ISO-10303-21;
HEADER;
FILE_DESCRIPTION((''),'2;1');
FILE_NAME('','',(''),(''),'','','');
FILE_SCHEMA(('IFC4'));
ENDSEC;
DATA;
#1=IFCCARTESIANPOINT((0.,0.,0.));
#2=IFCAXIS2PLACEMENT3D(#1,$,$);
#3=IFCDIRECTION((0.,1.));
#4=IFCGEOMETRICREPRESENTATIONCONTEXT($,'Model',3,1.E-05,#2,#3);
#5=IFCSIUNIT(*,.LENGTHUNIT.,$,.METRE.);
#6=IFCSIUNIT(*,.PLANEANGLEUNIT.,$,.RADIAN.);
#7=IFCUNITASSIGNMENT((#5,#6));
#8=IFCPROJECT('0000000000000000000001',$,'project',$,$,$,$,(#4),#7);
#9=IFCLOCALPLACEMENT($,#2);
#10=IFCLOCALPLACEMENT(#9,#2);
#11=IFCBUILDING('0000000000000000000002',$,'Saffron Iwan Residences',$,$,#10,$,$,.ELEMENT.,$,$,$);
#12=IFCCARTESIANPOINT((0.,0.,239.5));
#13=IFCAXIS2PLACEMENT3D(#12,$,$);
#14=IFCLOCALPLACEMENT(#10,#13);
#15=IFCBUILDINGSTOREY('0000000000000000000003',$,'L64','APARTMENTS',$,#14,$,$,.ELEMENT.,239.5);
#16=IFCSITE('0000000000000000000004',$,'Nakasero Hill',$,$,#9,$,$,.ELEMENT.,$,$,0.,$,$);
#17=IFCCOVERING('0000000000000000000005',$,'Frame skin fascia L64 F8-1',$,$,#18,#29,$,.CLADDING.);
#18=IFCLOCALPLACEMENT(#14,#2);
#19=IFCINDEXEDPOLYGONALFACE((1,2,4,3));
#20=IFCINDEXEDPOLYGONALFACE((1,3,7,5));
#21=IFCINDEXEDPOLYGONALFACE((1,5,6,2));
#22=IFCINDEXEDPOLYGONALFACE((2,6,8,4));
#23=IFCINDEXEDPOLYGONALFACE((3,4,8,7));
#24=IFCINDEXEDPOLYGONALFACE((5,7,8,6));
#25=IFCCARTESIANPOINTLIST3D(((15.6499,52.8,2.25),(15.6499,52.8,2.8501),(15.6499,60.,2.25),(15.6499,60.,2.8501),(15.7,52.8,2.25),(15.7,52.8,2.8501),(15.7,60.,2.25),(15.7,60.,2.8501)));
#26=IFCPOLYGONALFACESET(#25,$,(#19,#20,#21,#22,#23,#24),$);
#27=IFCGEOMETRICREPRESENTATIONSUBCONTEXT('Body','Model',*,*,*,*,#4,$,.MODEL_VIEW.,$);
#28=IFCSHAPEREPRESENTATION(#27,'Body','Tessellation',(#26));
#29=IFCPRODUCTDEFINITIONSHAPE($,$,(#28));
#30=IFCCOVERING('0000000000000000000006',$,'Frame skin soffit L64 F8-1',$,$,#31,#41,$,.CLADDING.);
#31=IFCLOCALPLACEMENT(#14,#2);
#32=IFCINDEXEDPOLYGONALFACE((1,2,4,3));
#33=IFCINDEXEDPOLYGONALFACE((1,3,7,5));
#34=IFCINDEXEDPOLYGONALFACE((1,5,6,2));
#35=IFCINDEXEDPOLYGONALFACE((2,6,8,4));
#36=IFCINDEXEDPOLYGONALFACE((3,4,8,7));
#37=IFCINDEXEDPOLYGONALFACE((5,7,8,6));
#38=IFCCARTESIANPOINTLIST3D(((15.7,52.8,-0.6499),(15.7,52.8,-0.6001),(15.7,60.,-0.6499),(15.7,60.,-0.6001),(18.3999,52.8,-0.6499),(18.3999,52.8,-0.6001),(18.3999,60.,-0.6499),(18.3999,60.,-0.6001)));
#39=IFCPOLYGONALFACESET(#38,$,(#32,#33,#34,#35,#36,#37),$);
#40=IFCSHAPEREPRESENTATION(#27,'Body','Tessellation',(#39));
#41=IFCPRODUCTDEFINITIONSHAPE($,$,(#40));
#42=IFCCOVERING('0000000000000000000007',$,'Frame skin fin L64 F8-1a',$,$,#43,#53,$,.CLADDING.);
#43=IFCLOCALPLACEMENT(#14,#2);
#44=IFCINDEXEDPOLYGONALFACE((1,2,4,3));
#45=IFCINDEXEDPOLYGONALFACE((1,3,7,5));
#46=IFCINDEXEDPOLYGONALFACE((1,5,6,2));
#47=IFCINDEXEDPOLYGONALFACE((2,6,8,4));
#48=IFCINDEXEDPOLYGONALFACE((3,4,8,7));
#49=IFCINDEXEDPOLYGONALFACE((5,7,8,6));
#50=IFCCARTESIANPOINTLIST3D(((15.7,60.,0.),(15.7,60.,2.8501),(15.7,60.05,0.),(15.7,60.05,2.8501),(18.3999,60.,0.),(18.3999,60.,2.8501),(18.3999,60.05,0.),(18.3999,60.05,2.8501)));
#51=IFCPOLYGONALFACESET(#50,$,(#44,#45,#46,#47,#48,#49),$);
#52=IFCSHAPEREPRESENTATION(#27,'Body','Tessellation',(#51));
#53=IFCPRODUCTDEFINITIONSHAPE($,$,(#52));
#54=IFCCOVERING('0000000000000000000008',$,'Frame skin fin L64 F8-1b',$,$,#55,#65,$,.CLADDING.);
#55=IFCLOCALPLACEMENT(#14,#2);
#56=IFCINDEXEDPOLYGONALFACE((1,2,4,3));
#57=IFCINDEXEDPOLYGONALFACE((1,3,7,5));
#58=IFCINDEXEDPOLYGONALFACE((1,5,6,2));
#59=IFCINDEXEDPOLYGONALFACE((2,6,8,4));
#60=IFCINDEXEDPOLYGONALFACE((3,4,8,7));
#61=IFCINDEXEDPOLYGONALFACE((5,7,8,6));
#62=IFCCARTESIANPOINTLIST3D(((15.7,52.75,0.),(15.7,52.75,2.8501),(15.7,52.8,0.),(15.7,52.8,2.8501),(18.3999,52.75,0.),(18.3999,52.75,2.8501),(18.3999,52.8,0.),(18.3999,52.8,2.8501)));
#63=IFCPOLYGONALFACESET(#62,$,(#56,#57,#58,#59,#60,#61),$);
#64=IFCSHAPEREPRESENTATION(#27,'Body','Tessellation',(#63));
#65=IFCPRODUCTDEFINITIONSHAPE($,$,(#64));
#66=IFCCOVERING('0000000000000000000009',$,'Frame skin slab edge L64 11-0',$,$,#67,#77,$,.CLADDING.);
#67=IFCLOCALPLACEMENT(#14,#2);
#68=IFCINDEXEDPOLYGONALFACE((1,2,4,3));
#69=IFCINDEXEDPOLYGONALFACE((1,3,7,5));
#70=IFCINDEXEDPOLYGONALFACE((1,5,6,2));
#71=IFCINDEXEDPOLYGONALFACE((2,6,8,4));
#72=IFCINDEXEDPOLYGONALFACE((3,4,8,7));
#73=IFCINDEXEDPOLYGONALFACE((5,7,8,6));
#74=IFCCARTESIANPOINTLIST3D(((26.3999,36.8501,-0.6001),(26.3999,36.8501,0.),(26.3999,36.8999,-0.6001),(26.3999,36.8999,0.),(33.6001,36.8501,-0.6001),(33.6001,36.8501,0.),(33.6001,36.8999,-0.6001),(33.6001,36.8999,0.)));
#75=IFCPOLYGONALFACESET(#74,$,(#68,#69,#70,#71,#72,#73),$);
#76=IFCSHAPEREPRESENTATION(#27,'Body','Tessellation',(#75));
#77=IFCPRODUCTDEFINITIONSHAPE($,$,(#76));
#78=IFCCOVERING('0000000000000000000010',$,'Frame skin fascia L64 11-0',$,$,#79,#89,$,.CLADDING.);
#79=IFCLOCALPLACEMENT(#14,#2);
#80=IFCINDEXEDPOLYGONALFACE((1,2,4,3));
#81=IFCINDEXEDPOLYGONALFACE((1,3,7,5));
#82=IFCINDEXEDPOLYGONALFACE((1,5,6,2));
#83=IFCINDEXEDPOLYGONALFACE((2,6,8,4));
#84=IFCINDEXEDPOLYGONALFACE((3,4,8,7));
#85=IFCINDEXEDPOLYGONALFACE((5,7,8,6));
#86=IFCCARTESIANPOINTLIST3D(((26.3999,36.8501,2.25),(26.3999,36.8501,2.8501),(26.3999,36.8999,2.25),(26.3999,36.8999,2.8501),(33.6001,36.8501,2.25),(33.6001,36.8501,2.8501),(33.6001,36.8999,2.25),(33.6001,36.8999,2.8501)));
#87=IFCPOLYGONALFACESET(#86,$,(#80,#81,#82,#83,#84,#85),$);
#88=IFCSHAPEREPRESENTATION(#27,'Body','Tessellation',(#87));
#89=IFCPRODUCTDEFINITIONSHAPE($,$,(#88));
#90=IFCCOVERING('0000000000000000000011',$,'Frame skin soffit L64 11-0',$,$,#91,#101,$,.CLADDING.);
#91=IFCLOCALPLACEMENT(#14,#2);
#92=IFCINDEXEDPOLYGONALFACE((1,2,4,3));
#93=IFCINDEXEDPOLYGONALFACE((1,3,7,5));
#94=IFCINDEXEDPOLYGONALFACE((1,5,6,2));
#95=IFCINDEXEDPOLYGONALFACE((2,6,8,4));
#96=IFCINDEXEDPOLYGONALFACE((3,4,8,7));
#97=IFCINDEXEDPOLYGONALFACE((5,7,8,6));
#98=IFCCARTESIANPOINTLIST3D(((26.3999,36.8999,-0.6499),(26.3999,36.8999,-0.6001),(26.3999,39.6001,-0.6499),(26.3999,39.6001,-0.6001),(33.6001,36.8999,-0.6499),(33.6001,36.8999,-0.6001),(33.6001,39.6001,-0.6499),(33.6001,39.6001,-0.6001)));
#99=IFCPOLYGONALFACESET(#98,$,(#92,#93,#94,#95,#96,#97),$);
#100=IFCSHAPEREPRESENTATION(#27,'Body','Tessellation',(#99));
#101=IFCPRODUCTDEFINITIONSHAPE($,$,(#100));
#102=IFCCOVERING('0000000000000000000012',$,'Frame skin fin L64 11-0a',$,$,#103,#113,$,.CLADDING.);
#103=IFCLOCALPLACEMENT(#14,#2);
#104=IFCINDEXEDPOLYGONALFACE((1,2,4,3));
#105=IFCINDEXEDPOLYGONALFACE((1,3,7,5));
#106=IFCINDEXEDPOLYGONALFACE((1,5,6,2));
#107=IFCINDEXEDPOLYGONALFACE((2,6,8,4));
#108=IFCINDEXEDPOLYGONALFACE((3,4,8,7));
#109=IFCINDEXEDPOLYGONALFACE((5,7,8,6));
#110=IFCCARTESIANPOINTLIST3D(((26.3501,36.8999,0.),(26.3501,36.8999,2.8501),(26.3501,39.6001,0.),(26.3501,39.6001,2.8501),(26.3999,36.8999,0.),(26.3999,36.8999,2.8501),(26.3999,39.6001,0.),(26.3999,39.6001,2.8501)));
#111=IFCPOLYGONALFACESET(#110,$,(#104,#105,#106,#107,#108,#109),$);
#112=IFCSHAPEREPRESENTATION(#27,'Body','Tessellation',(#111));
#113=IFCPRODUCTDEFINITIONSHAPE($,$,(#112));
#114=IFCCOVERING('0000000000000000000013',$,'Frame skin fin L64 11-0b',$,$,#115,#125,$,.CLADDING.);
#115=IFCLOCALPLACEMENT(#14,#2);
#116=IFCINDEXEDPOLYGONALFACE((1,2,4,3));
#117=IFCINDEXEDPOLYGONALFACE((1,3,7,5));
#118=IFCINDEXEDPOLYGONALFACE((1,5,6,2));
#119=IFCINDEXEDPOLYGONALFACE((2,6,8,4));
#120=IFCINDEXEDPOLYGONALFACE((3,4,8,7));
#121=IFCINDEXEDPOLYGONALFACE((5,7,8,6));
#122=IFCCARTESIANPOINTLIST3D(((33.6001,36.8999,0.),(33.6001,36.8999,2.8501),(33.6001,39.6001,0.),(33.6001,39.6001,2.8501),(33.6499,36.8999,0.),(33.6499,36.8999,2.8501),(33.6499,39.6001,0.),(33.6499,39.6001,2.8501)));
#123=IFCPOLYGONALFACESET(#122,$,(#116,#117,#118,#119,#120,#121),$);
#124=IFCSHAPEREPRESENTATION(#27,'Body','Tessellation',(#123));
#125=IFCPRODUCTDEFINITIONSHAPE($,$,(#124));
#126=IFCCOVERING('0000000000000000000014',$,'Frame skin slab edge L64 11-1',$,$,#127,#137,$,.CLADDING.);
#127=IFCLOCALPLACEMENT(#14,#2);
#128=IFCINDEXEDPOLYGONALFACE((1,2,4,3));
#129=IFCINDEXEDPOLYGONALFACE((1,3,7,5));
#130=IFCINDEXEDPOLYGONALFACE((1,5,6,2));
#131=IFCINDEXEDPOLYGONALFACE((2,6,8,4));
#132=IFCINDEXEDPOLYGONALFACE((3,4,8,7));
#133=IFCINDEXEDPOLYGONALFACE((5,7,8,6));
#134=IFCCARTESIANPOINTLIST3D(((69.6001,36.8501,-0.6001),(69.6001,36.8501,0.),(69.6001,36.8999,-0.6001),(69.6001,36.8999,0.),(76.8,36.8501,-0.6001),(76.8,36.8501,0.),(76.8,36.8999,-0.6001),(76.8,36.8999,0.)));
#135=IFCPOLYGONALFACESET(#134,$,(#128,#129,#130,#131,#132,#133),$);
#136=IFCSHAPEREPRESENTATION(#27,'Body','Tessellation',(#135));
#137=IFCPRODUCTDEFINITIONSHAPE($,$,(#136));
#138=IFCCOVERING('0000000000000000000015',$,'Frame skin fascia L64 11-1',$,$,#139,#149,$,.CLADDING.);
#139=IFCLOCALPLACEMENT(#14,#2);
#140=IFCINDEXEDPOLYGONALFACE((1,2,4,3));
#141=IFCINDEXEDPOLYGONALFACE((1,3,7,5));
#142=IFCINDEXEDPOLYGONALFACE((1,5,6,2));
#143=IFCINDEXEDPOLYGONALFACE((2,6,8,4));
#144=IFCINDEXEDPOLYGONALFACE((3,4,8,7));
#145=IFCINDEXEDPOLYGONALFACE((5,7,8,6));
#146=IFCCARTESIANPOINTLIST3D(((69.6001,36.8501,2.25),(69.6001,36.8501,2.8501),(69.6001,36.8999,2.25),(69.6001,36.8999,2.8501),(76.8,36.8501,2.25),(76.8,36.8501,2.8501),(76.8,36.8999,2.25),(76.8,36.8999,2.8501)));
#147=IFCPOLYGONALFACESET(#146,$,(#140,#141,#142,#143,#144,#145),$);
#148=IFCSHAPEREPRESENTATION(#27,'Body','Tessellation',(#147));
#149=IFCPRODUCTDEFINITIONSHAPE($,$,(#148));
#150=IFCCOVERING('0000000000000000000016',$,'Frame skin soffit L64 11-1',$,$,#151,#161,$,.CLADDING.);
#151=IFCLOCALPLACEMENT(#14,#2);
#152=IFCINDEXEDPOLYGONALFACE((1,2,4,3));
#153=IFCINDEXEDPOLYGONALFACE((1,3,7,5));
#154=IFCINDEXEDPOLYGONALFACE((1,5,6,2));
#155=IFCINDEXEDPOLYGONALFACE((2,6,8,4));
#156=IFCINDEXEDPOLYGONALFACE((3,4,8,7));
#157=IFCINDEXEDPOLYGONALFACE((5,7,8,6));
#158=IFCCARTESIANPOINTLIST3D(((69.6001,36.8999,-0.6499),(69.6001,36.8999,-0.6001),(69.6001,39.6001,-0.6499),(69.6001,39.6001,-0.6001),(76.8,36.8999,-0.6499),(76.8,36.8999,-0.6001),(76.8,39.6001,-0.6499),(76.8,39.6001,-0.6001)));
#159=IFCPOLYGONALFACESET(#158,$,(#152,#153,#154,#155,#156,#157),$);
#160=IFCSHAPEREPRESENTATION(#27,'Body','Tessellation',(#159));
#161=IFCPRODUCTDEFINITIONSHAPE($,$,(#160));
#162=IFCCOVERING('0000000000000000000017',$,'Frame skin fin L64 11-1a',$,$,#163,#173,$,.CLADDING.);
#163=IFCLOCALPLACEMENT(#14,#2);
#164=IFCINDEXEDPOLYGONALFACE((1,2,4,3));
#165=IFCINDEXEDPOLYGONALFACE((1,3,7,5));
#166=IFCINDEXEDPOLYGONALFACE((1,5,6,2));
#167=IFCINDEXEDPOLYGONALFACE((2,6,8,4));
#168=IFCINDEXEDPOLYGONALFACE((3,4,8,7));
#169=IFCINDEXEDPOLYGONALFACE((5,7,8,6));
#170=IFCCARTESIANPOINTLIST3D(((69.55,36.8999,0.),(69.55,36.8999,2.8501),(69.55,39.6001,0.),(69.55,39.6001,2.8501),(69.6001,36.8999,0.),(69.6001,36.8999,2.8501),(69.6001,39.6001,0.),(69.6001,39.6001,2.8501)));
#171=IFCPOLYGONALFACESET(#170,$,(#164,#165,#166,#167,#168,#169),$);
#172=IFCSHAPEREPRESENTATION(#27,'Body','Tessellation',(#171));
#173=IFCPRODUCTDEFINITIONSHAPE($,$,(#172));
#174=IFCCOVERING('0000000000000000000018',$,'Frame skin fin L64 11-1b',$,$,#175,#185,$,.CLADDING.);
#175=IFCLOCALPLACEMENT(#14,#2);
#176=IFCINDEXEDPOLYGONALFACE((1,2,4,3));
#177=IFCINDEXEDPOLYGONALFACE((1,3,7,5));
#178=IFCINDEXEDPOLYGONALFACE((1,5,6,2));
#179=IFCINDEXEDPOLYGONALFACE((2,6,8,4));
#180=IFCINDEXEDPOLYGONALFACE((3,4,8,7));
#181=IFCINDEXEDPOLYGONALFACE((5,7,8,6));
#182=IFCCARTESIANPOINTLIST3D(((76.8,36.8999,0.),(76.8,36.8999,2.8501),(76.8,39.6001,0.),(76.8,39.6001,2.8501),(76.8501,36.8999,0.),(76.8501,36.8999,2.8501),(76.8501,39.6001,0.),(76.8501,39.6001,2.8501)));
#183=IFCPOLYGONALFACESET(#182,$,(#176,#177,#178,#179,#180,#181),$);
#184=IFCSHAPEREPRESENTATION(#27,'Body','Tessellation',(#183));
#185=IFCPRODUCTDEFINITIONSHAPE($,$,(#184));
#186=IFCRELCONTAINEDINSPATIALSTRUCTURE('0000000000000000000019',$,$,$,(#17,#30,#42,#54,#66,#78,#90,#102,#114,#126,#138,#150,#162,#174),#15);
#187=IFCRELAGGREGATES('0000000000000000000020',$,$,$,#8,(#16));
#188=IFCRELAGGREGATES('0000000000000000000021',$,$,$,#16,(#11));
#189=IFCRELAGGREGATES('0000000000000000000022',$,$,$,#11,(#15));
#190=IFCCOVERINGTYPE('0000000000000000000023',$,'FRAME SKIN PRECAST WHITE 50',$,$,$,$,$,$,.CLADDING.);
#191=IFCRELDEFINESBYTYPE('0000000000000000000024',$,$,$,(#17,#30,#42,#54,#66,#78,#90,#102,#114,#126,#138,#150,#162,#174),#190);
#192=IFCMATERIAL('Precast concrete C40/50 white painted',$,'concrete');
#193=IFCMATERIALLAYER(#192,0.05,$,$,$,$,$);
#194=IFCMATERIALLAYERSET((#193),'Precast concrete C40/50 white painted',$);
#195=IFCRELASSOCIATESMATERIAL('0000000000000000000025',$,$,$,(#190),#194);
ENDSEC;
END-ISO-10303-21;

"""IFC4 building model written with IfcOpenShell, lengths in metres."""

from ifc_helpers import new_model, si_unit, direction, frame, origin, place, context, subcontext, project, spatial, polyline, outline, extrude, material, layer, layer_set, type_object, element, save


model = new_model("IFC4")

# Units and contexts
model_context = context("Model", 3, precision=1e-05, world=origin(), true_north=direction((0.0, 1.0)))
body_context = subcontext(model_context, "Body", "Model", "MODEL_VIEW")
ifc_project = project(units=[si_unit("LENGTHUNIT", "METRE"), si_unit("PLANEANGLEUNIT", "RADIAN")], contexts=[model_context])

# Site, building, storey
site_placement = place(None, origin())
site = spatial("IfcSite", under=ifc_project, at=site_placement, Name="Nakasero Hill", CompositionType="ELEMENT", RefElevation=0.0)
building_placement = place(site_placement, origin())
building = spatial("IfcBuilding", under=site, at=building_placement, Name="Saffron Iwan Residences", CompositionType="ELEMENT")
storey_placement = place(building_placement, frame((0.0, 0.0, 239.5)))
storey = spatial("IfcBuildingStorey", under=building, at=storey_placement, Name="L64", Description="APARTMENTS", CompositionType="ELEMENT", Elevation=239.5)

# Coverings
ifc_material_1 = material(Name="Precast concrete C40/50 white painted", Category="concrete")
ifc_layer_1 = layer(ifc_material_1, 0.05)
ifc_layer_set_1 = layer_set([ifc_layer_1], Name="Precast concrete C40/50 white painted")
covering_type = type_object("IfcCoveringType", Name="FRAME SKIN PRECAST WHITE 50", PredefinedType="CLADDING", material=ifc_layer_set_1)
for number, where, name in (
    (1, (0.0, 0.0, 2.25), "Frame skin fascia L64 F8-1"),
):
    element("IfcCovering", number, at=place(storey_placement, frame(where)), inside=storey, type_object=covering_type, Name=name, PredefinedType="CLADDING", context=body_context, shape_type="SweptSolid", body=[
        extrude(outline(polyline([(15.6499, 60.0), (15.6499, 52.8), (15.7, 52.8), (15.7, 60.0), (15.6499, 60.0)])), origin(), (0.0, 0.0, 1.0), 0.6001),
    ])
covering_1_placement = place(storey_placement, frame((0.0, 0.0, -0.6499)))
element("IfcCovering", 2, at=covering_1_placement, inside=storey, type_object=covering_type, Name="Frame skin soffit L64 F8-1", PredefinedType="CLADDING", context=body_context, shape_type="SweptSolid", body=[
    extrude(outline(polyline([(15.7, 60.0), (15.7, 52.8), (18.3999, 52.8), (18.3999, 60.0), (15.7, 60.0)])), origin(), (0.0, 0.0, 1.0), 0.0498),
])
covering_2_placement = place(storey_placement, origin())
element("IfcCovering", 3, at=covering_2_placement, inside=storey, type_object=covering_type, Name="Frame skin fin L64 F8-1a", PredefinedType="CLADDING", context=body_context, shape_type="SweptSolid", body=[
    extrude(outline(polyline([(15.7, 60.05), (15.7, 60.0), (18.3999, 60.0), (18.3999, 60.05), (15.7, 60.05)])), origin(), (0.0, 0.0, 1.0), 2.8501),
])
covering_3_placement = place(storey_placement, origin())
element("IfcCovering", 4, at=covering_3_placement, inside=storey, type_object=covering_type, Name="Frame skin fin L64 F8-1b", PredefinedType="CLADDING", context=body_context, shape_type="SweptSolid", body=[
    extrude(outline(polyline([(15.7, 52.8), (15.7, 52.75), (18.3999, 52.75), (18.3999, 52.8), (15.7, 52.8)])), origin(), (0.0, 0.0, 1.0), 2.8501),
])
for number, where, name in (
    (5, (0.0, 0.0, -0.6001), "Frame skin slab edge L64 11-0"),
    (6, (0.0, 0.0, 2.25), "Frame skin fascia L64 11-0"),
):
    element("IfcCovering", number, at=place(storey_placement, frame(where)), inside=storey, type_object=covering_type, Name=name, PredefinedType="CLADDING", context=body_context, shape_type="SweptSolid", body=[
        extrude(outline(polyline([(26.3999, 36.8501), (33.6001, 36.8501), (33.6001, 36.8999), (26.3999, 36.8999), (26.3999, 36.8501)])), origin(), (0.0, 0.0, 1.0), 0.6001),
    ])
covering_4_placement = place(storey_placement, frame((0.0, 0.0, -0.6499)))
element("IfcCovering", 7, at=covering_4_placement, inside=storey, type_object=covering_type, Name="Frame skin soffit L64 11-0", PredefinedType="CLADDING", context=body_context, shape_type="SweptSolid", body=[
    extrude(outline(polyline([(26.3999, 36.8999), (33.6001, 36.8999), (33.6001, 39.6001), (26.3999, 39.6001), (26.3999, 36.8999)])), origin(), (0.0, 0.0, 1.0), 0.0498),
])
covering_5_placement = place(storey_placement, origin())
element("IfcCovering", 8, at=covering_5_placement, inside=storey, type_object=covering_type, Name="Frame skin fin L64 11-0a", PredefinedType="CLADDING", context=body_context, shape_type="SweptSolid", body=[
    extrude(outline(polyline([(26.3501, 36.8999), (26.3999, 36.8999), (26.3999, 39.6001), (26.3501, 39.6001), (26.3501, 36.8999)])), origin(), (0.0, 0.0, 1.0), 2.8501),
])
covering_6_placement = place(storey_placement, origin())
element("IfcCovering", 9, at=covering_6_placement, inside=storey, type_object=covering_type, Name="Frame skin fin L64 11-0b", PredefinedType="CLADDING", context=body_context, shape_type="SweptSolid", body=[
    extrude(outline(polyline([(33.6001, 36.8999), (33.6499, 36.8999), (33.6499, 39.6001), (33.6001, 39.6001), (33.6001, 36.8999)])), origin(), (0.0, 0.0, 1.0), 2.8501),
])
for number, where, name in (
    (10, (0.0, 0.0, -0.6001), "Frame skin slab edge L64 11-1"),
    (11, (0.0, 0.0, 2.25), "Frame skin fascia L64 11-1"),
):
    element("IfcCovering", number, at=place(storey_placement, frame(where)), inside=storey, type_object=covering_type, Name=name, PredefinedType="CLADDING", context=body_context, shape_type="SweptSolid", body=[
        extrude(outline(polyline([(69.6001, 36.8501), (76.8, 36.8501), (76.8, 36.8999), (69.6001, 36.8999), (69.6001, 36.8501)])), origin(), (0.0, 0.0, 1.0), 0.6001),
    ])
covering_7_placement = place(storey_placement, frame((0.0, 0.0, -0.6499)))
element("IfcCovering", 12, at=covering_7_placement, inside=storey, type_object=covering_type, Name="Frame skin soffit L64 11-1", PredefinedType="CLADDING", context=body_context, shape_type="SweptSolid", body=[
    extrude(outline(polyline([(69.6001, 36.8999), (76.8, 36.8999), (76.8, 39.6001), (69.6001, 39.6001), (69.6001, 36.8999)])), origin(), (0.0, 0.0, 1.0), 0.0498),
])
covering_8_placement = place(storey_placement, origin())
element("IfcCovering", 13, at=covering_8_placement, inside=storey, type_object=covering_type, Name="Frame skin fin L64 11-1a", PredefinedType="CLADDING", context=body_context, shape_type="SweptSolid", body=[
    extrude(outline(polyline([(69.55, 36.8999), (69.6001, 36.8999), (69.6001, 39.6001), (69.55, 39.6001), (69.55, 36.8999)])), origin(), (0.0, 0.0, 1.0), 2.8501),
])
covering_9_placement = place(storey_placement, origin())
element("IfcCovering", 14, at=covering_9_placement, inside=storey, type_object=covering_type, Name="Frame skin fin L64 11-1b", PredefinedType="CLADDING", context=body_context, shape_type="SweptSolid", body=[
    extrude(outline(polyline([(76.8, 36.8999), (76.8501, 36.8999), (76.8501, 39.6001), (76.8, 39.6001), (76.8, 36.8999)])), origin(), (0.0, 0.0, 1.0), 2.8501),
])

save(model, "model.ifc")
